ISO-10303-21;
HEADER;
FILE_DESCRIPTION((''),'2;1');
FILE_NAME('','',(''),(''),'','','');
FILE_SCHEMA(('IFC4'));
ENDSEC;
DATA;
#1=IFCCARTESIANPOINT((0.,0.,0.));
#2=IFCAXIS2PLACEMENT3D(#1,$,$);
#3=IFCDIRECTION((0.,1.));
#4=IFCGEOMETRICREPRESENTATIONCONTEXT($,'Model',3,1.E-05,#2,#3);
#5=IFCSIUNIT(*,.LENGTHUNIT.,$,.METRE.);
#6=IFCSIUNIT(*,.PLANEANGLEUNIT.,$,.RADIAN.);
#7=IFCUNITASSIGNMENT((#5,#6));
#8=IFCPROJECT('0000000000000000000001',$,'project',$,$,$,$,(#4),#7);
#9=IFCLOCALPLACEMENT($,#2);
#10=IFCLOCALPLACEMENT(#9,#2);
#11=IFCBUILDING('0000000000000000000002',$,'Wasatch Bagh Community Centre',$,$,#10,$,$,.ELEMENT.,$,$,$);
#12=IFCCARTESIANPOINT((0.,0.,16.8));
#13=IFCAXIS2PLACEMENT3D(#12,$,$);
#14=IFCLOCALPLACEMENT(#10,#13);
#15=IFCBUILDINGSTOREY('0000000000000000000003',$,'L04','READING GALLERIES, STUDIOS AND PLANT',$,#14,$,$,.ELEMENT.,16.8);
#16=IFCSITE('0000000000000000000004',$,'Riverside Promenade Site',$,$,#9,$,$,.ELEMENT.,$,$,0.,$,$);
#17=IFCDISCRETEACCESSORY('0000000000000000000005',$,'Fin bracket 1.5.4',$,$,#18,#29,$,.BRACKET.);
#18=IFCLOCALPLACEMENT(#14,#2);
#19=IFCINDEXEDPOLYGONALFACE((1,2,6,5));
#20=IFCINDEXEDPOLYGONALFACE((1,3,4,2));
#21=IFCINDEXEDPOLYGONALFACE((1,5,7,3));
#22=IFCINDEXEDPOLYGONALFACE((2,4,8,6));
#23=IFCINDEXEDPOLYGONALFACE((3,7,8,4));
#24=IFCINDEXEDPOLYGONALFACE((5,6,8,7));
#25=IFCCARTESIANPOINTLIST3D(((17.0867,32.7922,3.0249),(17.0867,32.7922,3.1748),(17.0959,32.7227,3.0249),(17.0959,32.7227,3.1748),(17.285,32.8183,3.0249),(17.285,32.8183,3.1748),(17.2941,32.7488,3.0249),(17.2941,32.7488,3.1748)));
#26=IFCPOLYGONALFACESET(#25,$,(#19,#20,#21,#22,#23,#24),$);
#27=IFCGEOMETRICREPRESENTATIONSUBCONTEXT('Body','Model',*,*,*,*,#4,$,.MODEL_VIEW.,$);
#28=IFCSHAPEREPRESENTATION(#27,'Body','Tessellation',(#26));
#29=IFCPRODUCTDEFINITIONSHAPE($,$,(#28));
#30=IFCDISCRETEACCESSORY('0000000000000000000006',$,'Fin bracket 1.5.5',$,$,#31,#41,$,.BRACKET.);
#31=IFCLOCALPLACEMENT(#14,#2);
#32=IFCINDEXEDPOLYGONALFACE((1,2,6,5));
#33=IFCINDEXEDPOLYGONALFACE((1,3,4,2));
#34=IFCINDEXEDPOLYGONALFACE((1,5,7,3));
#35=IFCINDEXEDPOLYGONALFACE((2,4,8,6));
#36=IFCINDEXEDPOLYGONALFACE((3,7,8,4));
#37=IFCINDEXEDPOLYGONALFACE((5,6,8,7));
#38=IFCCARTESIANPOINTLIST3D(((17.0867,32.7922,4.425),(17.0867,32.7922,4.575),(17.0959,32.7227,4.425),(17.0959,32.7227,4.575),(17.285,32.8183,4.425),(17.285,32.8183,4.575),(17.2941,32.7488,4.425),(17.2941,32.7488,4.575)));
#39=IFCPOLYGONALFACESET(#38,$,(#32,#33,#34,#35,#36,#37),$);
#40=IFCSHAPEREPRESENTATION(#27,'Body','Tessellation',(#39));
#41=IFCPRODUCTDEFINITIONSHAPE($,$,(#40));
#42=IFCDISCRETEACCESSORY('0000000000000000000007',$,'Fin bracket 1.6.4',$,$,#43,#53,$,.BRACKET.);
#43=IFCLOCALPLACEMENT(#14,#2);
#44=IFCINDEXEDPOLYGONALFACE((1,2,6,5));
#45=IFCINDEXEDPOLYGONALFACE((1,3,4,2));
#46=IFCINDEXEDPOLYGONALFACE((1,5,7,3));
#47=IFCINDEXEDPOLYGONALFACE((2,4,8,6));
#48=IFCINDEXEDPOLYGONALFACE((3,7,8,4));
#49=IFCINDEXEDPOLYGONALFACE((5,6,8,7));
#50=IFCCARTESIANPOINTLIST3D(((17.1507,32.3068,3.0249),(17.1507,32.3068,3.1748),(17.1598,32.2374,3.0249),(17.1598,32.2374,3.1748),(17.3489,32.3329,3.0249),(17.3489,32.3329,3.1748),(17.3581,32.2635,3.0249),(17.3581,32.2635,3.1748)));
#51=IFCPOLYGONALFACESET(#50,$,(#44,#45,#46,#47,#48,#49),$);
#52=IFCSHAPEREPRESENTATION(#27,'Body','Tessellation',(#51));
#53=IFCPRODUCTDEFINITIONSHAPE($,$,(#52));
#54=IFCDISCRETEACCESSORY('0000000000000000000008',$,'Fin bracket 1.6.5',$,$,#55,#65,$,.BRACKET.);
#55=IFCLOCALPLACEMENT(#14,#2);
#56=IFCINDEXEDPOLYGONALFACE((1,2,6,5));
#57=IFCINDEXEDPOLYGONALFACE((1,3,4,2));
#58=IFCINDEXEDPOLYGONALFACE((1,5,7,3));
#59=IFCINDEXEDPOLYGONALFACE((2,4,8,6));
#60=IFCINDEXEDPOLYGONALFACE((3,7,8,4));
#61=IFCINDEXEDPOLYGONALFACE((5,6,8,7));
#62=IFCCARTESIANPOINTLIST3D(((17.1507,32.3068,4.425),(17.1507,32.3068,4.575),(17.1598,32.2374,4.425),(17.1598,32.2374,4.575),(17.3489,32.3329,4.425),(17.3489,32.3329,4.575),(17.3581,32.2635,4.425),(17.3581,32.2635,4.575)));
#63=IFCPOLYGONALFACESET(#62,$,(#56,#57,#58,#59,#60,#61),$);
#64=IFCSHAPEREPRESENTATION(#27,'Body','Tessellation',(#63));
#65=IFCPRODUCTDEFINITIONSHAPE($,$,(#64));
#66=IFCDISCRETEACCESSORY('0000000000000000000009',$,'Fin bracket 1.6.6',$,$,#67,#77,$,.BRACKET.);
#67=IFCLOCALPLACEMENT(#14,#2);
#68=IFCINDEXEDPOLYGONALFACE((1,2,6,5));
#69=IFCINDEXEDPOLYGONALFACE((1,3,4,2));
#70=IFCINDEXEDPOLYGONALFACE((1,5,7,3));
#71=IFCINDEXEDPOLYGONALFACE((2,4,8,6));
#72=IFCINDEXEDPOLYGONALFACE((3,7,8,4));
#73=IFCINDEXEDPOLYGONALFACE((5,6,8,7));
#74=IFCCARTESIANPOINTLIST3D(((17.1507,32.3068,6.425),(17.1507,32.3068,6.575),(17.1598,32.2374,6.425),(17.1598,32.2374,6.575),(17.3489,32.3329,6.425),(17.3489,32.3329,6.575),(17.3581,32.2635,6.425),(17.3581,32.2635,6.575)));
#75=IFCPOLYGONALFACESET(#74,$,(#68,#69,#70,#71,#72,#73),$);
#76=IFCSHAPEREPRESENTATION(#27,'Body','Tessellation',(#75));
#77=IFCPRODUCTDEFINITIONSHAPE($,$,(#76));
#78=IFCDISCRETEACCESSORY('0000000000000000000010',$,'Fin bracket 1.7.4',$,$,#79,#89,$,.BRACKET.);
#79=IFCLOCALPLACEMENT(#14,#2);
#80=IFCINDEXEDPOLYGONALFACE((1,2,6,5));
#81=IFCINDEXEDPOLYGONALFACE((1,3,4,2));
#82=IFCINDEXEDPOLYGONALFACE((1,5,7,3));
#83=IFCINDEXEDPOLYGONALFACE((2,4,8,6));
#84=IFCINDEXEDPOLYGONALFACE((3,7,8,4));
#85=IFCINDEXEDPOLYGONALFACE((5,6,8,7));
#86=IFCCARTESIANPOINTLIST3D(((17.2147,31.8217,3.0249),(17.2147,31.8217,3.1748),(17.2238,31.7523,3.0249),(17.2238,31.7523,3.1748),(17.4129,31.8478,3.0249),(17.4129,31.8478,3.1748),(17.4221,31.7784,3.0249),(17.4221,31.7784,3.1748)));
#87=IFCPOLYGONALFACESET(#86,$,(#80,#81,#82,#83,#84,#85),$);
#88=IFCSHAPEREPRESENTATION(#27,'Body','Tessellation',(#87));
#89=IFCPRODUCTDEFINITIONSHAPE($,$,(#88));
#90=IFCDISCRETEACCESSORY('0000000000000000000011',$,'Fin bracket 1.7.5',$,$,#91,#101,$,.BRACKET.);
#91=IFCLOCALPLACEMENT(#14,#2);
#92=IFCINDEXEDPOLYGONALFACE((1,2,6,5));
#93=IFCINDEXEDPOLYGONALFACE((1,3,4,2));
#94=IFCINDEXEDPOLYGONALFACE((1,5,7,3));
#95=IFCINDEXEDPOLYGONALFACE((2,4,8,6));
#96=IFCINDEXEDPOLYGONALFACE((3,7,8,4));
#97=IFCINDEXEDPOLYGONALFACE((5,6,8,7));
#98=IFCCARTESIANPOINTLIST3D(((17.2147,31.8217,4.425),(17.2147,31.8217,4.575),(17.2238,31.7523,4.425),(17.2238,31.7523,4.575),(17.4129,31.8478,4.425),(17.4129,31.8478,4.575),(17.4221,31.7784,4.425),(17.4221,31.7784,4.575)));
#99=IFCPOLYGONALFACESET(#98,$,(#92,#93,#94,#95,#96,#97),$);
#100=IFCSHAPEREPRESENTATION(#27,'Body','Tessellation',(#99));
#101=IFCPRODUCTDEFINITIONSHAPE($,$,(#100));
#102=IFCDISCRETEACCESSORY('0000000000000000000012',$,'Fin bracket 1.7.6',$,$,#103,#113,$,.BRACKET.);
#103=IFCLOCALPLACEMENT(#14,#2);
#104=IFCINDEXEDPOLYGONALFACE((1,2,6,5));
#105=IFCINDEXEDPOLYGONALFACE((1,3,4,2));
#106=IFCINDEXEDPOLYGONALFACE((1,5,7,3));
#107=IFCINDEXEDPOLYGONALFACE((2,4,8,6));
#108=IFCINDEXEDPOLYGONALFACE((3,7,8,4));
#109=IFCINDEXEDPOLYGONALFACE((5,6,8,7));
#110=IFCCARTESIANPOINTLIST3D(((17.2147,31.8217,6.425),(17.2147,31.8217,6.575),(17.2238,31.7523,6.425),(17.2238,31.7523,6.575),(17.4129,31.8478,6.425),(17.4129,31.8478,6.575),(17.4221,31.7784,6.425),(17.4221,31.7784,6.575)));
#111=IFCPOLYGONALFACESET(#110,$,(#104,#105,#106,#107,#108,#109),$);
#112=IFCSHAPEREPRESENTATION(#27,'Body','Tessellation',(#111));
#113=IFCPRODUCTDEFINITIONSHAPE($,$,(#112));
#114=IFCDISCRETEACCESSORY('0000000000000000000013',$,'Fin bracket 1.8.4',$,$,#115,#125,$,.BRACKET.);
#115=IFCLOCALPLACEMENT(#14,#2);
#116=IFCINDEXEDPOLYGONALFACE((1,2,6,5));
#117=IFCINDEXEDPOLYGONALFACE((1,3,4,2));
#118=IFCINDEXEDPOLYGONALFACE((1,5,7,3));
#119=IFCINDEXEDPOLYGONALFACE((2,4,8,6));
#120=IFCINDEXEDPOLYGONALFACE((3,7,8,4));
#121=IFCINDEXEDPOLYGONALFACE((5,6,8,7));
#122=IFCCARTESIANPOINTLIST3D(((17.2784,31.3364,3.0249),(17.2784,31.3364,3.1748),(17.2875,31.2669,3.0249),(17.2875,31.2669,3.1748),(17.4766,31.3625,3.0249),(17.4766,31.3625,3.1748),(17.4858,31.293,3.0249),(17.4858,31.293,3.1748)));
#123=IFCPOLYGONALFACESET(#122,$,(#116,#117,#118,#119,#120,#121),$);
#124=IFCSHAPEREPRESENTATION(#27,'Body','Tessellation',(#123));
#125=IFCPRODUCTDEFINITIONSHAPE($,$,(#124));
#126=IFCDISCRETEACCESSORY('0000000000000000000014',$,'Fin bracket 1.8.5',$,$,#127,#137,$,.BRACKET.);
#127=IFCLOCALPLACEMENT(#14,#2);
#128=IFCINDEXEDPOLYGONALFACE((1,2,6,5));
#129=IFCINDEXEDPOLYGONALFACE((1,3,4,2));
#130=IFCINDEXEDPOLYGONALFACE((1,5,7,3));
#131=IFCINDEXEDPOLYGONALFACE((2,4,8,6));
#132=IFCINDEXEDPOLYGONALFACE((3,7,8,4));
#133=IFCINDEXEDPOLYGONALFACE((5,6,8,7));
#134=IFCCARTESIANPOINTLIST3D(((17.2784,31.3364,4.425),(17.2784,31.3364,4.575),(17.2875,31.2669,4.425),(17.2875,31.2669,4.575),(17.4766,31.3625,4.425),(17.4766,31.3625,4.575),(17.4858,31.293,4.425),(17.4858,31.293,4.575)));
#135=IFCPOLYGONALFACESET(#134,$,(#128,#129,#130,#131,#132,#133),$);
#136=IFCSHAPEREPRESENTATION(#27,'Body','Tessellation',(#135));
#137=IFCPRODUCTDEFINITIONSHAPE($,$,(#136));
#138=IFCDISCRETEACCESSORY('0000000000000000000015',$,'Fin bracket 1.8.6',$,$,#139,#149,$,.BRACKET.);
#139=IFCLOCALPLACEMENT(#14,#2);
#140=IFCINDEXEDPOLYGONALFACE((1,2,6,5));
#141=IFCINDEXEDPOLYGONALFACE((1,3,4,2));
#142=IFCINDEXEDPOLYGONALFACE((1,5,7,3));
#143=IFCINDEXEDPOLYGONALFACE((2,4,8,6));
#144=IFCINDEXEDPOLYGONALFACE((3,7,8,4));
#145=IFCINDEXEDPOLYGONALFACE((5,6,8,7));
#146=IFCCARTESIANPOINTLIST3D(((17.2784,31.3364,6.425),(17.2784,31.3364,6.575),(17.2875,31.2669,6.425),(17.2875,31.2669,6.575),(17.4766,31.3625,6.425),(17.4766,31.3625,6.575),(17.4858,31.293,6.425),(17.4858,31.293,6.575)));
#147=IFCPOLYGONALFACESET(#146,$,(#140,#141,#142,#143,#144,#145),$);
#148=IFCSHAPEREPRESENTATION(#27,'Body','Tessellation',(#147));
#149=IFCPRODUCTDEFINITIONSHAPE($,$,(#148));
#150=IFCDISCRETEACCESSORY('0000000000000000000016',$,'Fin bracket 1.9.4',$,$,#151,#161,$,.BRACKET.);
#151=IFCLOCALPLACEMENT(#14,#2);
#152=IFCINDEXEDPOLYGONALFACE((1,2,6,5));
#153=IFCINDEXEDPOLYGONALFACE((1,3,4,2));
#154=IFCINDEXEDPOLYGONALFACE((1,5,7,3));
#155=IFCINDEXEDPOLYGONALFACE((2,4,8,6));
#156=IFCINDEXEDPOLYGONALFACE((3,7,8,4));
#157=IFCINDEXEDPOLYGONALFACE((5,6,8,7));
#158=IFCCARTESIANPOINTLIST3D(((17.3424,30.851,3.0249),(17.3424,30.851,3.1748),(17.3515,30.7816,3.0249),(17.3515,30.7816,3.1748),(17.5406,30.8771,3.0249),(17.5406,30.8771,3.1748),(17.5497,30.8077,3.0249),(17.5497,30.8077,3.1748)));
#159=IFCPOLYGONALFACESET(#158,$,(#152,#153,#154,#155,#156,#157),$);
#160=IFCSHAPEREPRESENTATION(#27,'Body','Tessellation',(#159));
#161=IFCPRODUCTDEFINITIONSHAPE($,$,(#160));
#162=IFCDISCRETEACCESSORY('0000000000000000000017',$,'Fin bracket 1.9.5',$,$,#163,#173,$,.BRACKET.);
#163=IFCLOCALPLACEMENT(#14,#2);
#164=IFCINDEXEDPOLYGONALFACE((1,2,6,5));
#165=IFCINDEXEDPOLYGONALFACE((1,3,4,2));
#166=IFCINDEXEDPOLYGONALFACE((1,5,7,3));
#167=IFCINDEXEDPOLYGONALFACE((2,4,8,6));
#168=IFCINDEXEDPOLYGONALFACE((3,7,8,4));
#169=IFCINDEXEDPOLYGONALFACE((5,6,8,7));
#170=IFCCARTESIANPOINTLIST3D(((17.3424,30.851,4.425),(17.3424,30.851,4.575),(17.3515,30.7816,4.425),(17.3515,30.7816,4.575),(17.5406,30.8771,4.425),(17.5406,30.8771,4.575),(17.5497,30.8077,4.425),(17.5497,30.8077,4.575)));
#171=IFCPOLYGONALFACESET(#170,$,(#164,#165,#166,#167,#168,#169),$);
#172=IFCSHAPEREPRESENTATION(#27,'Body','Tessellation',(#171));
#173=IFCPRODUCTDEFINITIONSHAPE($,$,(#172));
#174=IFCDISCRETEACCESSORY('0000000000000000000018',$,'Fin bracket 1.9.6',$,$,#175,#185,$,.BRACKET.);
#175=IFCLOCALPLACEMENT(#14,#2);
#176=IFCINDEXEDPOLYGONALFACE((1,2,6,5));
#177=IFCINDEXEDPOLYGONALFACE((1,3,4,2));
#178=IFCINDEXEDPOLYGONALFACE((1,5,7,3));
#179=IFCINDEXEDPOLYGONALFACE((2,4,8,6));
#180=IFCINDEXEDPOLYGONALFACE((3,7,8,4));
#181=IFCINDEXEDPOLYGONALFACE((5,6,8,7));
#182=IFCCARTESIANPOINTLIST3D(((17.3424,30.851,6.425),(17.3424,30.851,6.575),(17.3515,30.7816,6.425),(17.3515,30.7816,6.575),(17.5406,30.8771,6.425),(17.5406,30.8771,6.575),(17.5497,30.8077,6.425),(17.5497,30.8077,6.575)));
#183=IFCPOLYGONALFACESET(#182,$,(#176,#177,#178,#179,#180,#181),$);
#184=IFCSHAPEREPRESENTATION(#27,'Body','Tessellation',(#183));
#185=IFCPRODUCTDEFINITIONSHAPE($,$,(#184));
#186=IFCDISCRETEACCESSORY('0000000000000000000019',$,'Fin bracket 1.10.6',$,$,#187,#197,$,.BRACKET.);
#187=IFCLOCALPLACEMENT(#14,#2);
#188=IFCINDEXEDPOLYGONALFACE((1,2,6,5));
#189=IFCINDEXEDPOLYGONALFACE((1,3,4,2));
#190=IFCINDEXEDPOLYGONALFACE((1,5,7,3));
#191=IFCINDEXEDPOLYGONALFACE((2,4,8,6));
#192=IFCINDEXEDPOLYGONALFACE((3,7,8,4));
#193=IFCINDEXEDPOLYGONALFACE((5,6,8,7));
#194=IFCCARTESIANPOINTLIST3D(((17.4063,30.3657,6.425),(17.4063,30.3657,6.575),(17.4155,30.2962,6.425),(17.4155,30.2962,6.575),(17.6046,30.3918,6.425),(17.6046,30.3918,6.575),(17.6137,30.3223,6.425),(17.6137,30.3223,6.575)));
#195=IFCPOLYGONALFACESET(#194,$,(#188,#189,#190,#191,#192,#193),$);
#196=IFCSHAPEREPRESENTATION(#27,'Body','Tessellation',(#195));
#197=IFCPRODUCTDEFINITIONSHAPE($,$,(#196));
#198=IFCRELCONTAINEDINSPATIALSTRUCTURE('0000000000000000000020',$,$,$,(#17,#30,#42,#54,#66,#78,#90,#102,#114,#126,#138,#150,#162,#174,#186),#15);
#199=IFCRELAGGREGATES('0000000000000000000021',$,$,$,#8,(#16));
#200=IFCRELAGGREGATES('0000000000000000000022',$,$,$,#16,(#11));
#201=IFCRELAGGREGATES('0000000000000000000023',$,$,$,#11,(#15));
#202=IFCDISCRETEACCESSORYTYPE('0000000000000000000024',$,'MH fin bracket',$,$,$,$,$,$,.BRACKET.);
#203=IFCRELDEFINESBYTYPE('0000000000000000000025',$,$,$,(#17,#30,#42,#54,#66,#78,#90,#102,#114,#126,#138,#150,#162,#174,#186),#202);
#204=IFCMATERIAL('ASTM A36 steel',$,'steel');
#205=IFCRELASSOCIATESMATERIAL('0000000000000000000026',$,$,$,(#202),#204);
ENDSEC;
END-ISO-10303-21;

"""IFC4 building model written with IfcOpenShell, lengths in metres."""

from ifc_helpers import new_model, si_unit, direction, frame, origin, origin_2d, place, context, subcontext, project, spatial, rectangle, extrude, material, type_object, element, save


model = new_model("IFC4")

# Units and contexts
model_context = context("Model", 3, precision=1e-05, world=origin(), true_north=direction((0.0, 1.0)))
body_context = subcontext(model_context, "Body", "Model", "MODEL_VIEW")
ifc_project = project(units=[si_unit("LENGTHUNIT", "METRE"), si_unit("PLANEANGLEUNIT", "RADIAN")], contexts=[model_context])

# Site, building, storey
site_placement = place(None, origin())
site = spatial("IfcSite", under=ifc_project, at=site_placement, Name="Riverside Promenade Site", CompositionType="ELEMENT", RefElevation=0.0)
building_placement = place(site_placement, origin())
building = spatial("IfcBuilding", under=site, at=building_placement, Name="Wasatch Bagh Community Centre", CompositionType="ELEMENT")
storey_placement = place(building_placement, frame((0.0, 0.0, 16.8)))
storey = spatial("IfcBuildingStorey", under=building, at=storey_placement, Name="L04", Description="READING GALLERIES, STUDIOS AND PLANT", CompositionType="ELEMENT", Elevation=16.8)

# Discrete accessories
ifc_material_1 = material(Name="ASTM A36 steel", Category="steel")
discrete_accessory_type = type_object("IfcDiscreteAccessoryType", Name="MH fin bracket", PredefinedType="BRACKET", material=ifc_material_1)
for number, where, z_axis, x_axis, name in (
    (1, (17.1904, 32.7705, 3.0249), (0.0, 0.0, 1.0), (0.130526, -0.991445, 0.0), "Fin bracket 1.5.4"),
    (2, (17.1904, 32.7705, 4.425), (0.0, 0.0, 1.0), (0.130526, -0.991445, 0.0), "Fin bracket 1.5.5"),
    (3, (17.2544, 32.2852, 3.0249), (0.0, 0.0, 1.0), (0.130526, -0.991445, 0.0), "Fin bracket 1.6.4"),
    (4, (17.2544, 32.2852, 4.425), (0.0, 0.0, 1.0), (0.130526, -0.991445, 0.0), "Fin bracket 1.6.5"),
    (5, (17.2544, 32.2852, 6.425), (0.0, 0.0, 1.0), (0.130526, -0.991445, 0.0), "Fin bracket 1.6.6"),
    (6, (17.3184, 31.8, 3.0249), (0.0, 0.0, 1.0), (0.130526, -0.991445, 0.0), "Fin bracket 1.7.4"),
    (7, (17.3184, 31.8, 4.425), (0.0, 0.0, 1.0), (0.130526, -0.991445, 0.0), "Fin bracket 1.7.5"),
    (8, (17.3184, 31.8, 6.425), (0.0, 0.0, 1.0), (0.130526, -0.991445, 0.0), "Fin bracket 1.7.6"),
    (9, (17.3821, 31.3147, 3.0249), (0.0, 0.0, 1.0), (0.130526, -0.991445, 0.0), "Fin bracket 1.8.4"),
    (10, (17.3821, 31.3147, 4.425), (0.0, 0.0, 1.0), (0.130526, -0.991445, 0.0), "Fin bracket 1.8.5"),
    (11, (17.3821, 31.3147, 6.425), (0.0, 0.0, 1.0), (0.130526, -0.991445, 0.0), "Fin bracket 1.8.6"),
    (12, (17.446, 30.8293, 3.0249), (0.0, 0.0, 1.0), (0.130526, -0.991445, 0.0), "Fin bracket 1.9.4"),
    (13, (17.446, 30.8293, 4.425), (0.0, 0.0, 1.0), (0.130526, -0.991445, 0.0), "Fin bracket 1.9.5"),
    (14, (17.446, 30.8293, 6.425), (0.0, 0.0, 1.0), (0.130526, -0.991445, 0.0), "Fin bracket 1.9.6"),
    (15, (17.51, 30.344, 6.425), (0.0, 0.0, 1.0), (0.130526, -0.991445, 0.0), "Fin bracket 1.10.6"),
):
    element("IfcDiscreteAccessory", number, at=place(storey_placement, frame(where, z_axis=z_axis, x_axis=x_axis)), inside=storey, type_object=discrete_accessory_type, Name=name, PredefinedType="BRACKET", context=body_context, shape_type="SweptSolid", body=[
        extrude(rectangle(XDim=0.0701, YDim=0.2, at=origin_2d()), origin(), (0.0, 0.0, 1.0), 0.1499),
    ])

save(model, "model.ifc")
